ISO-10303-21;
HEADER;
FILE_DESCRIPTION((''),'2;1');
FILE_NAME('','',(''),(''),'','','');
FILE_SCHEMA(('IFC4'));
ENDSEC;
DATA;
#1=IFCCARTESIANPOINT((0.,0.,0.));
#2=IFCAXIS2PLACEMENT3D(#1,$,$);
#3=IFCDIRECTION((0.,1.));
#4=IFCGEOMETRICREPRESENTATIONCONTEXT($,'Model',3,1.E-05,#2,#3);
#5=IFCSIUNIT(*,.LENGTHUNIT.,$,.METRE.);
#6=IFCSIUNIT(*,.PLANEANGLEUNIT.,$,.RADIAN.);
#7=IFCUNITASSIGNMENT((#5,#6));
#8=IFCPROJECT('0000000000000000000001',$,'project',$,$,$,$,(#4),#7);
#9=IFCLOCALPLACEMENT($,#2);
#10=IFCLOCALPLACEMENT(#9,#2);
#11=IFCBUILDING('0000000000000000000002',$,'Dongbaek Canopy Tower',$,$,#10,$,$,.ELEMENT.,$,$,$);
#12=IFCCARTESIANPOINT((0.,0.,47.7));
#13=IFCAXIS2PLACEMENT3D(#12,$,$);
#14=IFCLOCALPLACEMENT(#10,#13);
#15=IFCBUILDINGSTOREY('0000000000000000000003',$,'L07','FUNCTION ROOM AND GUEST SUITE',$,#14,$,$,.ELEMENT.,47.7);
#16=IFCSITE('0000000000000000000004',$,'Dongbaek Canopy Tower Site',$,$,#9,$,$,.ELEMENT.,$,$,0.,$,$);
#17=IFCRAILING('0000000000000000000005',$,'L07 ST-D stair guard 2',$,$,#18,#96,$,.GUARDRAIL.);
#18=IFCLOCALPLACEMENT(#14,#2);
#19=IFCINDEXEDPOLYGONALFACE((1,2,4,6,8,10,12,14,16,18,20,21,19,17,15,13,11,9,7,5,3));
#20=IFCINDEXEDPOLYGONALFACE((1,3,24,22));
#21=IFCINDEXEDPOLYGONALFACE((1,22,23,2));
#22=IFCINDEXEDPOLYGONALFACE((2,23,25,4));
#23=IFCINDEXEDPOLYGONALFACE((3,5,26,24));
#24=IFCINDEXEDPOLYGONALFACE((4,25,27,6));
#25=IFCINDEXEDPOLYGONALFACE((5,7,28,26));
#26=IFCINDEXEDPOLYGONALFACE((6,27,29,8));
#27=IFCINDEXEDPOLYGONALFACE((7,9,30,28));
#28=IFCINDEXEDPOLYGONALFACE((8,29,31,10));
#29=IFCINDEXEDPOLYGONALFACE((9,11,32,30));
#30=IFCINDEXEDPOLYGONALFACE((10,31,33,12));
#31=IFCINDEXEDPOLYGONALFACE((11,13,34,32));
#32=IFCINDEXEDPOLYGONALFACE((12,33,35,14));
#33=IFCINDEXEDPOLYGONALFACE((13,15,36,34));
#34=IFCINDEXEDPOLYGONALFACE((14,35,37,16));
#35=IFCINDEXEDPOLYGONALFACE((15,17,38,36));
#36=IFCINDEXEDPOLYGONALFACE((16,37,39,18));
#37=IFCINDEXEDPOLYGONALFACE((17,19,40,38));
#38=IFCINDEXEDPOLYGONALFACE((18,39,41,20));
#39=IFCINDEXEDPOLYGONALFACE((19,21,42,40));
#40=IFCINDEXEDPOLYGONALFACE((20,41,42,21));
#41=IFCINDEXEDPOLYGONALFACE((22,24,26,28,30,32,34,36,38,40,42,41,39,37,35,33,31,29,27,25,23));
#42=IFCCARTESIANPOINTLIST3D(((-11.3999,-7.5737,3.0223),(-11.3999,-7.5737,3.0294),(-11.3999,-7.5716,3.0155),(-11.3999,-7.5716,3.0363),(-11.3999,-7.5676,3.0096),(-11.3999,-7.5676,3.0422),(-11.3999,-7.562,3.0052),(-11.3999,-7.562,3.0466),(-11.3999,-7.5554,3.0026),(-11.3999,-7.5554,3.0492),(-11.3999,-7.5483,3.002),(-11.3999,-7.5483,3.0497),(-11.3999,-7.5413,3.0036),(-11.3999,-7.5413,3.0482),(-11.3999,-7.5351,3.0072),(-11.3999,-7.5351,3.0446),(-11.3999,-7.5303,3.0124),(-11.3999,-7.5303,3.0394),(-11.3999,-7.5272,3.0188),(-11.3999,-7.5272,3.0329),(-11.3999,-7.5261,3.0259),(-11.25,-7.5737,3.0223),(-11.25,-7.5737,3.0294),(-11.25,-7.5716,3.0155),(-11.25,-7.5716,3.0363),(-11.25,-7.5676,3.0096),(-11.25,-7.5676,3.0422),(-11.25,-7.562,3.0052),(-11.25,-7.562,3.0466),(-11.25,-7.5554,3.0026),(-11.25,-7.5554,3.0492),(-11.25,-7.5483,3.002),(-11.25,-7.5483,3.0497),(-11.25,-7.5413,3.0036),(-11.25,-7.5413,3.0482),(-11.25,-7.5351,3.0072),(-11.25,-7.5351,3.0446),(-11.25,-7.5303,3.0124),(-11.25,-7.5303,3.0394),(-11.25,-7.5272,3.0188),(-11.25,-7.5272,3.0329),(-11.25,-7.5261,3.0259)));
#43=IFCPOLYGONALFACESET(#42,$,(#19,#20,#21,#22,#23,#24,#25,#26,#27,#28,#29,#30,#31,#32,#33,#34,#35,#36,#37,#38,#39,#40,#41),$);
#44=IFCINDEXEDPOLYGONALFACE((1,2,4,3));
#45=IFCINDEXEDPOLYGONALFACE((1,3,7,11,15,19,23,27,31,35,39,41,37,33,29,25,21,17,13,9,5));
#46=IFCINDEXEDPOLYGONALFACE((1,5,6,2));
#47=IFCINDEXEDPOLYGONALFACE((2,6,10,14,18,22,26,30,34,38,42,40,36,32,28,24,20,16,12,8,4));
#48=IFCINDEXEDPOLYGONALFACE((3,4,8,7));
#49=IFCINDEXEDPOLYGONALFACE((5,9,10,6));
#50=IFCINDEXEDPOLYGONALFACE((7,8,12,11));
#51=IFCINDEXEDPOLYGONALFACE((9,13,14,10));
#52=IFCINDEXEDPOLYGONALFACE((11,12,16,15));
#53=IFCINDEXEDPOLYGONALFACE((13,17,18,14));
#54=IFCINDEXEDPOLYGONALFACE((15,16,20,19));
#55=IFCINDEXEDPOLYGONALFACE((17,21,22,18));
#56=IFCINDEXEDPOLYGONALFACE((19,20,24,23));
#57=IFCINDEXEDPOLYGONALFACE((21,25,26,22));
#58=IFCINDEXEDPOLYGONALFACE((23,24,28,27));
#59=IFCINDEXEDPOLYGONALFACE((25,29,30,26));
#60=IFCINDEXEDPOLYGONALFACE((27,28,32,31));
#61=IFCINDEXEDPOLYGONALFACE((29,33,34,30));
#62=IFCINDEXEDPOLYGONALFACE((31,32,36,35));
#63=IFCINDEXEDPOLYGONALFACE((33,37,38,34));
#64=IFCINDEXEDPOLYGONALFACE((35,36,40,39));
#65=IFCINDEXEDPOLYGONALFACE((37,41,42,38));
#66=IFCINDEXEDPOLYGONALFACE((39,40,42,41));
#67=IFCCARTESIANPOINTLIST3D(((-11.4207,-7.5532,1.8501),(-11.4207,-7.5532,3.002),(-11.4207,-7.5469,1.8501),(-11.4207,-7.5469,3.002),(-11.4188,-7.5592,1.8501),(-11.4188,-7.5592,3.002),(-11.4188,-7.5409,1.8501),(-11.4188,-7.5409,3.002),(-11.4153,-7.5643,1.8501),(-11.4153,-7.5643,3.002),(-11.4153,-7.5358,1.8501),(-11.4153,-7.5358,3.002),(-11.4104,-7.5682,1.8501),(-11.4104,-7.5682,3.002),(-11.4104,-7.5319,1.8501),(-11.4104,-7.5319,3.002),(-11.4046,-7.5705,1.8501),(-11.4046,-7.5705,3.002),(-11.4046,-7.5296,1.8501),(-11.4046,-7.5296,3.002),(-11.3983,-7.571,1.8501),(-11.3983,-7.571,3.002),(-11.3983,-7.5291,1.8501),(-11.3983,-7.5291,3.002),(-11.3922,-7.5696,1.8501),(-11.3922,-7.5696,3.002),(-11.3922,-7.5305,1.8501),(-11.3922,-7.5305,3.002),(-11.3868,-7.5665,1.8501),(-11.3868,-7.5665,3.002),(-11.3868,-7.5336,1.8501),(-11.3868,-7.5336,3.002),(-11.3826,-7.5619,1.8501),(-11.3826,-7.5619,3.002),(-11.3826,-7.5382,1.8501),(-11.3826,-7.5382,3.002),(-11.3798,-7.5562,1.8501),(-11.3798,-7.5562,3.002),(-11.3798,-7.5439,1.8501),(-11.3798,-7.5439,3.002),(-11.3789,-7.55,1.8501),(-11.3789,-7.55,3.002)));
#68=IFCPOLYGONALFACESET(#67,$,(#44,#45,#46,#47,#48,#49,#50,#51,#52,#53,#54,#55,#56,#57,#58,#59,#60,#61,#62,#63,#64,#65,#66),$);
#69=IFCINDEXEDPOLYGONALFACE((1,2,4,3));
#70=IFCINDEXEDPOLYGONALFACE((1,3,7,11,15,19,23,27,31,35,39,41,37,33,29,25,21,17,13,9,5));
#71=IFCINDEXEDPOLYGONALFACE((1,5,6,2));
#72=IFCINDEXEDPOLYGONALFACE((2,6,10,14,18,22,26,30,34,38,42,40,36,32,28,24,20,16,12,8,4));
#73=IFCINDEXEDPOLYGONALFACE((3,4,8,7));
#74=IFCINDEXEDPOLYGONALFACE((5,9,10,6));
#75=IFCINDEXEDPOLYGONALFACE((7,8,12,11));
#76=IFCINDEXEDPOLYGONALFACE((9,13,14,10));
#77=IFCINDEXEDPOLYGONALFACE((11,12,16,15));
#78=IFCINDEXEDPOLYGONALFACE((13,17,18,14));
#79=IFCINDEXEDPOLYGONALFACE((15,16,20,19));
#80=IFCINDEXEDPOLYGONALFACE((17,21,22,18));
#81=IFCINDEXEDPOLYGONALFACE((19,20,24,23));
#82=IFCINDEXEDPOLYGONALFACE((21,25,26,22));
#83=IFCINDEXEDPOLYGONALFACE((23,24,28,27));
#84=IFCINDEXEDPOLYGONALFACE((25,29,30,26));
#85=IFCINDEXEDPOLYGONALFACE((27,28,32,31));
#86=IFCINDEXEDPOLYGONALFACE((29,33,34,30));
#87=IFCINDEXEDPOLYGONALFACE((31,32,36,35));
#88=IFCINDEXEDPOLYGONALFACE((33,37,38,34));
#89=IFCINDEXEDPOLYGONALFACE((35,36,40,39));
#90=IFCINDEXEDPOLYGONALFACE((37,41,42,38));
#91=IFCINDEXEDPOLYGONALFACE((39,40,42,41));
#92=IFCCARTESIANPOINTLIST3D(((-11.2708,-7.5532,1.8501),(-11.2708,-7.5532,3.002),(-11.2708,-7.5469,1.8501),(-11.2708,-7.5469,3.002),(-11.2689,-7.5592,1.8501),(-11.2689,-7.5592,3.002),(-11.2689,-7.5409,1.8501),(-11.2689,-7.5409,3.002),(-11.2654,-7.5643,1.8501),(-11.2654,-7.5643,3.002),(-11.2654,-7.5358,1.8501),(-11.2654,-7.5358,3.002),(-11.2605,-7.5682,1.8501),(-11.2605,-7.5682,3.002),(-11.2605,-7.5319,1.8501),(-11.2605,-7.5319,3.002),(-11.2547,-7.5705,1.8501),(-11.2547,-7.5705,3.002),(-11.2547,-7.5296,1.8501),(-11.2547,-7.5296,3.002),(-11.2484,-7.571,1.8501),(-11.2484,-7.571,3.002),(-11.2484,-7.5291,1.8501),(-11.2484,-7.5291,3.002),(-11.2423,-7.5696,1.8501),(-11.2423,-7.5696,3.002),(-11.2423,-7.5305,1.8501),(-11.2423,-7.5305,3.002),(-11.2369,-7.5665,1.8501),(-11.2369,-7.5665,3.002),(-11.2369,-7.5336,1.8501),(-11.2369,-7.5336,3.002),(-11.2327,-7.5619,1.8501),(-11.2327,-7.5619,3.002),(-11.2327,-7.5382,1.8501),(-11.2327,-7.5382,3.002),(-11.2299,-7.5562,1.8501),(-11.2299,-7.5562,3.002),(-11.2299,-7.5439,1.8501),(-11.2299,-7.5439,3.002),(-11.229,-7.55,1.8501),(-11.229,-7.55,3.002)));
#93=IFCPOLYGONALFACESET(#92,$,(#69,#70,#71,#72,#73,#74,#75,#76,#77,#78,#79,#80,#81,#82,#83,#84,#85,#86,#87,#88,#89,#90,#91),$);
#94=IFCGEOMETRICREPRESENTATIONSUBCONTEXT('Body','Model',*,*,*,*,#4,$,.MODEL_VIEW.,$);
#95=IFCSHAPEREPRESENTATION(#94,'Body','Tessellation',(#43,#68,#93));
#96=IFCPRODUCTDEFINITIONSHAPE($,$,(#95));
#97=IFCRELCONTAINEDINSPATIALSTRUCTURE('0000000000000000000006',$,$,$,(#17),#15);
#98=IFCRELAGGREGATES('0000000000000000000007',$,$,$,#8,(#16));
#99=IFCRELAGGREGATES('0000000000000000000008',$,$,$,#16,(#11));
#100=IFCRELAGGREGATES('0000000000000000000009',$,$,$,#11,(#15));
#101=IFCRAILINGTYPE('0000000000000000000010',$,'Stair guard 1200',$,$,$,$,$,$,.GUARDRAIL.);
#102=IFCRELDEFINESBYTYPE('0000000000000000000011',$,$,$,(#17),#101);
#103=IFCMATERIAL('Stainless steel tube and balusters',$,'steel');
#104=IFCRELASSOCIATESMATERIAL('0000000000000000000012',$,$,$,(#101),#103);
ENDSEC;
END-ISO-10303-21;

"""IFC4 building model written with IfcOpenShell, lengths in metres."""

from ifc_helpers import new_model, si_unit, direction, frame, origin, origin_2d, place, context, subcontext, project, spatial, circle, extrude, material, type_object, element, save


model = new_model("IFC4")

# Units and contexts
model_context = context("Model", 3, precision=1e-05, world=origin(), true_north=direction((0.0, 1.0)))
body_context = subcontext(model_context, "Body", "Model", "MODEL_VIEW")
ifc_project = project(units=[si_unit("LENGTHUNIT", "METRE"), si_unit("PLANEANGLEUNIT", "RADIAN")], contexts=[model_context])

# Site, building, storey
site_placement = place(None, origin())
site = spatial("IfcSite", under=ifc_project, at=site_placement, Name="Dongbaek Canopy Tower Site", CompositionType="ELEMENT", RefElevation=0.0)
building_placement = place(site_placement, origin())
building = spatial("IfcBuilding", under=site, at=building_placement, Name="Dongbaek Canopy Tower", CompositionType="ELEMENT")
storey_placement = place(building_placement, frame((0.0, 0.0, 47.7)))
storey = spatial("IfcBuildingStorey", under=building, at=storey_placement, Name="L07", Description="FUNCTION ROOM AND GUEST SUITE", CompositionType="ELEMENT", Elevation=47.7)

# Railing
ifc_material_1 = material(Name="Stainless steel tube and balusters", Category="steel")
railing_type_1 = type_object("IfcRailingType", Name="Stair guard 1200", PredefinedType="GUARDRAIL", material=ifc_material_1)
railing_1_placement = place(storey_placement, frame((-11.3999, -7.55, 1.8501)))
element("IfcRailing", 1, at=railing_1_placement, inside=storey, type_object=railing_type_1, Name="L07 ST-D stair guard 2", PredefinedType="GUARDRAIL", context=body_context, shape_type="SweptSolid", body=[
    extrude(circle(Radius=0.0239, at=origin_2d()), frame((0.0, 0.0, 1.1758), z_axis=(1.0, 0.0, 0.0), x_axis=(0.0, 1.0, 0.0)), (0.0, 0.0, 1.0), 0.1499),
    extrude(circle(Radius=0.021, at=origin_2d()), origin(), (0.0, 0.0, 1.0), 1.1519),
    extrude(circle(Radius=0.021, at=origin_2d()), frame((0.1499, 0.0, 0.0)), (0.0, 0.0, 1.0), 1.1519),
])

save(model, "model.ifc")
